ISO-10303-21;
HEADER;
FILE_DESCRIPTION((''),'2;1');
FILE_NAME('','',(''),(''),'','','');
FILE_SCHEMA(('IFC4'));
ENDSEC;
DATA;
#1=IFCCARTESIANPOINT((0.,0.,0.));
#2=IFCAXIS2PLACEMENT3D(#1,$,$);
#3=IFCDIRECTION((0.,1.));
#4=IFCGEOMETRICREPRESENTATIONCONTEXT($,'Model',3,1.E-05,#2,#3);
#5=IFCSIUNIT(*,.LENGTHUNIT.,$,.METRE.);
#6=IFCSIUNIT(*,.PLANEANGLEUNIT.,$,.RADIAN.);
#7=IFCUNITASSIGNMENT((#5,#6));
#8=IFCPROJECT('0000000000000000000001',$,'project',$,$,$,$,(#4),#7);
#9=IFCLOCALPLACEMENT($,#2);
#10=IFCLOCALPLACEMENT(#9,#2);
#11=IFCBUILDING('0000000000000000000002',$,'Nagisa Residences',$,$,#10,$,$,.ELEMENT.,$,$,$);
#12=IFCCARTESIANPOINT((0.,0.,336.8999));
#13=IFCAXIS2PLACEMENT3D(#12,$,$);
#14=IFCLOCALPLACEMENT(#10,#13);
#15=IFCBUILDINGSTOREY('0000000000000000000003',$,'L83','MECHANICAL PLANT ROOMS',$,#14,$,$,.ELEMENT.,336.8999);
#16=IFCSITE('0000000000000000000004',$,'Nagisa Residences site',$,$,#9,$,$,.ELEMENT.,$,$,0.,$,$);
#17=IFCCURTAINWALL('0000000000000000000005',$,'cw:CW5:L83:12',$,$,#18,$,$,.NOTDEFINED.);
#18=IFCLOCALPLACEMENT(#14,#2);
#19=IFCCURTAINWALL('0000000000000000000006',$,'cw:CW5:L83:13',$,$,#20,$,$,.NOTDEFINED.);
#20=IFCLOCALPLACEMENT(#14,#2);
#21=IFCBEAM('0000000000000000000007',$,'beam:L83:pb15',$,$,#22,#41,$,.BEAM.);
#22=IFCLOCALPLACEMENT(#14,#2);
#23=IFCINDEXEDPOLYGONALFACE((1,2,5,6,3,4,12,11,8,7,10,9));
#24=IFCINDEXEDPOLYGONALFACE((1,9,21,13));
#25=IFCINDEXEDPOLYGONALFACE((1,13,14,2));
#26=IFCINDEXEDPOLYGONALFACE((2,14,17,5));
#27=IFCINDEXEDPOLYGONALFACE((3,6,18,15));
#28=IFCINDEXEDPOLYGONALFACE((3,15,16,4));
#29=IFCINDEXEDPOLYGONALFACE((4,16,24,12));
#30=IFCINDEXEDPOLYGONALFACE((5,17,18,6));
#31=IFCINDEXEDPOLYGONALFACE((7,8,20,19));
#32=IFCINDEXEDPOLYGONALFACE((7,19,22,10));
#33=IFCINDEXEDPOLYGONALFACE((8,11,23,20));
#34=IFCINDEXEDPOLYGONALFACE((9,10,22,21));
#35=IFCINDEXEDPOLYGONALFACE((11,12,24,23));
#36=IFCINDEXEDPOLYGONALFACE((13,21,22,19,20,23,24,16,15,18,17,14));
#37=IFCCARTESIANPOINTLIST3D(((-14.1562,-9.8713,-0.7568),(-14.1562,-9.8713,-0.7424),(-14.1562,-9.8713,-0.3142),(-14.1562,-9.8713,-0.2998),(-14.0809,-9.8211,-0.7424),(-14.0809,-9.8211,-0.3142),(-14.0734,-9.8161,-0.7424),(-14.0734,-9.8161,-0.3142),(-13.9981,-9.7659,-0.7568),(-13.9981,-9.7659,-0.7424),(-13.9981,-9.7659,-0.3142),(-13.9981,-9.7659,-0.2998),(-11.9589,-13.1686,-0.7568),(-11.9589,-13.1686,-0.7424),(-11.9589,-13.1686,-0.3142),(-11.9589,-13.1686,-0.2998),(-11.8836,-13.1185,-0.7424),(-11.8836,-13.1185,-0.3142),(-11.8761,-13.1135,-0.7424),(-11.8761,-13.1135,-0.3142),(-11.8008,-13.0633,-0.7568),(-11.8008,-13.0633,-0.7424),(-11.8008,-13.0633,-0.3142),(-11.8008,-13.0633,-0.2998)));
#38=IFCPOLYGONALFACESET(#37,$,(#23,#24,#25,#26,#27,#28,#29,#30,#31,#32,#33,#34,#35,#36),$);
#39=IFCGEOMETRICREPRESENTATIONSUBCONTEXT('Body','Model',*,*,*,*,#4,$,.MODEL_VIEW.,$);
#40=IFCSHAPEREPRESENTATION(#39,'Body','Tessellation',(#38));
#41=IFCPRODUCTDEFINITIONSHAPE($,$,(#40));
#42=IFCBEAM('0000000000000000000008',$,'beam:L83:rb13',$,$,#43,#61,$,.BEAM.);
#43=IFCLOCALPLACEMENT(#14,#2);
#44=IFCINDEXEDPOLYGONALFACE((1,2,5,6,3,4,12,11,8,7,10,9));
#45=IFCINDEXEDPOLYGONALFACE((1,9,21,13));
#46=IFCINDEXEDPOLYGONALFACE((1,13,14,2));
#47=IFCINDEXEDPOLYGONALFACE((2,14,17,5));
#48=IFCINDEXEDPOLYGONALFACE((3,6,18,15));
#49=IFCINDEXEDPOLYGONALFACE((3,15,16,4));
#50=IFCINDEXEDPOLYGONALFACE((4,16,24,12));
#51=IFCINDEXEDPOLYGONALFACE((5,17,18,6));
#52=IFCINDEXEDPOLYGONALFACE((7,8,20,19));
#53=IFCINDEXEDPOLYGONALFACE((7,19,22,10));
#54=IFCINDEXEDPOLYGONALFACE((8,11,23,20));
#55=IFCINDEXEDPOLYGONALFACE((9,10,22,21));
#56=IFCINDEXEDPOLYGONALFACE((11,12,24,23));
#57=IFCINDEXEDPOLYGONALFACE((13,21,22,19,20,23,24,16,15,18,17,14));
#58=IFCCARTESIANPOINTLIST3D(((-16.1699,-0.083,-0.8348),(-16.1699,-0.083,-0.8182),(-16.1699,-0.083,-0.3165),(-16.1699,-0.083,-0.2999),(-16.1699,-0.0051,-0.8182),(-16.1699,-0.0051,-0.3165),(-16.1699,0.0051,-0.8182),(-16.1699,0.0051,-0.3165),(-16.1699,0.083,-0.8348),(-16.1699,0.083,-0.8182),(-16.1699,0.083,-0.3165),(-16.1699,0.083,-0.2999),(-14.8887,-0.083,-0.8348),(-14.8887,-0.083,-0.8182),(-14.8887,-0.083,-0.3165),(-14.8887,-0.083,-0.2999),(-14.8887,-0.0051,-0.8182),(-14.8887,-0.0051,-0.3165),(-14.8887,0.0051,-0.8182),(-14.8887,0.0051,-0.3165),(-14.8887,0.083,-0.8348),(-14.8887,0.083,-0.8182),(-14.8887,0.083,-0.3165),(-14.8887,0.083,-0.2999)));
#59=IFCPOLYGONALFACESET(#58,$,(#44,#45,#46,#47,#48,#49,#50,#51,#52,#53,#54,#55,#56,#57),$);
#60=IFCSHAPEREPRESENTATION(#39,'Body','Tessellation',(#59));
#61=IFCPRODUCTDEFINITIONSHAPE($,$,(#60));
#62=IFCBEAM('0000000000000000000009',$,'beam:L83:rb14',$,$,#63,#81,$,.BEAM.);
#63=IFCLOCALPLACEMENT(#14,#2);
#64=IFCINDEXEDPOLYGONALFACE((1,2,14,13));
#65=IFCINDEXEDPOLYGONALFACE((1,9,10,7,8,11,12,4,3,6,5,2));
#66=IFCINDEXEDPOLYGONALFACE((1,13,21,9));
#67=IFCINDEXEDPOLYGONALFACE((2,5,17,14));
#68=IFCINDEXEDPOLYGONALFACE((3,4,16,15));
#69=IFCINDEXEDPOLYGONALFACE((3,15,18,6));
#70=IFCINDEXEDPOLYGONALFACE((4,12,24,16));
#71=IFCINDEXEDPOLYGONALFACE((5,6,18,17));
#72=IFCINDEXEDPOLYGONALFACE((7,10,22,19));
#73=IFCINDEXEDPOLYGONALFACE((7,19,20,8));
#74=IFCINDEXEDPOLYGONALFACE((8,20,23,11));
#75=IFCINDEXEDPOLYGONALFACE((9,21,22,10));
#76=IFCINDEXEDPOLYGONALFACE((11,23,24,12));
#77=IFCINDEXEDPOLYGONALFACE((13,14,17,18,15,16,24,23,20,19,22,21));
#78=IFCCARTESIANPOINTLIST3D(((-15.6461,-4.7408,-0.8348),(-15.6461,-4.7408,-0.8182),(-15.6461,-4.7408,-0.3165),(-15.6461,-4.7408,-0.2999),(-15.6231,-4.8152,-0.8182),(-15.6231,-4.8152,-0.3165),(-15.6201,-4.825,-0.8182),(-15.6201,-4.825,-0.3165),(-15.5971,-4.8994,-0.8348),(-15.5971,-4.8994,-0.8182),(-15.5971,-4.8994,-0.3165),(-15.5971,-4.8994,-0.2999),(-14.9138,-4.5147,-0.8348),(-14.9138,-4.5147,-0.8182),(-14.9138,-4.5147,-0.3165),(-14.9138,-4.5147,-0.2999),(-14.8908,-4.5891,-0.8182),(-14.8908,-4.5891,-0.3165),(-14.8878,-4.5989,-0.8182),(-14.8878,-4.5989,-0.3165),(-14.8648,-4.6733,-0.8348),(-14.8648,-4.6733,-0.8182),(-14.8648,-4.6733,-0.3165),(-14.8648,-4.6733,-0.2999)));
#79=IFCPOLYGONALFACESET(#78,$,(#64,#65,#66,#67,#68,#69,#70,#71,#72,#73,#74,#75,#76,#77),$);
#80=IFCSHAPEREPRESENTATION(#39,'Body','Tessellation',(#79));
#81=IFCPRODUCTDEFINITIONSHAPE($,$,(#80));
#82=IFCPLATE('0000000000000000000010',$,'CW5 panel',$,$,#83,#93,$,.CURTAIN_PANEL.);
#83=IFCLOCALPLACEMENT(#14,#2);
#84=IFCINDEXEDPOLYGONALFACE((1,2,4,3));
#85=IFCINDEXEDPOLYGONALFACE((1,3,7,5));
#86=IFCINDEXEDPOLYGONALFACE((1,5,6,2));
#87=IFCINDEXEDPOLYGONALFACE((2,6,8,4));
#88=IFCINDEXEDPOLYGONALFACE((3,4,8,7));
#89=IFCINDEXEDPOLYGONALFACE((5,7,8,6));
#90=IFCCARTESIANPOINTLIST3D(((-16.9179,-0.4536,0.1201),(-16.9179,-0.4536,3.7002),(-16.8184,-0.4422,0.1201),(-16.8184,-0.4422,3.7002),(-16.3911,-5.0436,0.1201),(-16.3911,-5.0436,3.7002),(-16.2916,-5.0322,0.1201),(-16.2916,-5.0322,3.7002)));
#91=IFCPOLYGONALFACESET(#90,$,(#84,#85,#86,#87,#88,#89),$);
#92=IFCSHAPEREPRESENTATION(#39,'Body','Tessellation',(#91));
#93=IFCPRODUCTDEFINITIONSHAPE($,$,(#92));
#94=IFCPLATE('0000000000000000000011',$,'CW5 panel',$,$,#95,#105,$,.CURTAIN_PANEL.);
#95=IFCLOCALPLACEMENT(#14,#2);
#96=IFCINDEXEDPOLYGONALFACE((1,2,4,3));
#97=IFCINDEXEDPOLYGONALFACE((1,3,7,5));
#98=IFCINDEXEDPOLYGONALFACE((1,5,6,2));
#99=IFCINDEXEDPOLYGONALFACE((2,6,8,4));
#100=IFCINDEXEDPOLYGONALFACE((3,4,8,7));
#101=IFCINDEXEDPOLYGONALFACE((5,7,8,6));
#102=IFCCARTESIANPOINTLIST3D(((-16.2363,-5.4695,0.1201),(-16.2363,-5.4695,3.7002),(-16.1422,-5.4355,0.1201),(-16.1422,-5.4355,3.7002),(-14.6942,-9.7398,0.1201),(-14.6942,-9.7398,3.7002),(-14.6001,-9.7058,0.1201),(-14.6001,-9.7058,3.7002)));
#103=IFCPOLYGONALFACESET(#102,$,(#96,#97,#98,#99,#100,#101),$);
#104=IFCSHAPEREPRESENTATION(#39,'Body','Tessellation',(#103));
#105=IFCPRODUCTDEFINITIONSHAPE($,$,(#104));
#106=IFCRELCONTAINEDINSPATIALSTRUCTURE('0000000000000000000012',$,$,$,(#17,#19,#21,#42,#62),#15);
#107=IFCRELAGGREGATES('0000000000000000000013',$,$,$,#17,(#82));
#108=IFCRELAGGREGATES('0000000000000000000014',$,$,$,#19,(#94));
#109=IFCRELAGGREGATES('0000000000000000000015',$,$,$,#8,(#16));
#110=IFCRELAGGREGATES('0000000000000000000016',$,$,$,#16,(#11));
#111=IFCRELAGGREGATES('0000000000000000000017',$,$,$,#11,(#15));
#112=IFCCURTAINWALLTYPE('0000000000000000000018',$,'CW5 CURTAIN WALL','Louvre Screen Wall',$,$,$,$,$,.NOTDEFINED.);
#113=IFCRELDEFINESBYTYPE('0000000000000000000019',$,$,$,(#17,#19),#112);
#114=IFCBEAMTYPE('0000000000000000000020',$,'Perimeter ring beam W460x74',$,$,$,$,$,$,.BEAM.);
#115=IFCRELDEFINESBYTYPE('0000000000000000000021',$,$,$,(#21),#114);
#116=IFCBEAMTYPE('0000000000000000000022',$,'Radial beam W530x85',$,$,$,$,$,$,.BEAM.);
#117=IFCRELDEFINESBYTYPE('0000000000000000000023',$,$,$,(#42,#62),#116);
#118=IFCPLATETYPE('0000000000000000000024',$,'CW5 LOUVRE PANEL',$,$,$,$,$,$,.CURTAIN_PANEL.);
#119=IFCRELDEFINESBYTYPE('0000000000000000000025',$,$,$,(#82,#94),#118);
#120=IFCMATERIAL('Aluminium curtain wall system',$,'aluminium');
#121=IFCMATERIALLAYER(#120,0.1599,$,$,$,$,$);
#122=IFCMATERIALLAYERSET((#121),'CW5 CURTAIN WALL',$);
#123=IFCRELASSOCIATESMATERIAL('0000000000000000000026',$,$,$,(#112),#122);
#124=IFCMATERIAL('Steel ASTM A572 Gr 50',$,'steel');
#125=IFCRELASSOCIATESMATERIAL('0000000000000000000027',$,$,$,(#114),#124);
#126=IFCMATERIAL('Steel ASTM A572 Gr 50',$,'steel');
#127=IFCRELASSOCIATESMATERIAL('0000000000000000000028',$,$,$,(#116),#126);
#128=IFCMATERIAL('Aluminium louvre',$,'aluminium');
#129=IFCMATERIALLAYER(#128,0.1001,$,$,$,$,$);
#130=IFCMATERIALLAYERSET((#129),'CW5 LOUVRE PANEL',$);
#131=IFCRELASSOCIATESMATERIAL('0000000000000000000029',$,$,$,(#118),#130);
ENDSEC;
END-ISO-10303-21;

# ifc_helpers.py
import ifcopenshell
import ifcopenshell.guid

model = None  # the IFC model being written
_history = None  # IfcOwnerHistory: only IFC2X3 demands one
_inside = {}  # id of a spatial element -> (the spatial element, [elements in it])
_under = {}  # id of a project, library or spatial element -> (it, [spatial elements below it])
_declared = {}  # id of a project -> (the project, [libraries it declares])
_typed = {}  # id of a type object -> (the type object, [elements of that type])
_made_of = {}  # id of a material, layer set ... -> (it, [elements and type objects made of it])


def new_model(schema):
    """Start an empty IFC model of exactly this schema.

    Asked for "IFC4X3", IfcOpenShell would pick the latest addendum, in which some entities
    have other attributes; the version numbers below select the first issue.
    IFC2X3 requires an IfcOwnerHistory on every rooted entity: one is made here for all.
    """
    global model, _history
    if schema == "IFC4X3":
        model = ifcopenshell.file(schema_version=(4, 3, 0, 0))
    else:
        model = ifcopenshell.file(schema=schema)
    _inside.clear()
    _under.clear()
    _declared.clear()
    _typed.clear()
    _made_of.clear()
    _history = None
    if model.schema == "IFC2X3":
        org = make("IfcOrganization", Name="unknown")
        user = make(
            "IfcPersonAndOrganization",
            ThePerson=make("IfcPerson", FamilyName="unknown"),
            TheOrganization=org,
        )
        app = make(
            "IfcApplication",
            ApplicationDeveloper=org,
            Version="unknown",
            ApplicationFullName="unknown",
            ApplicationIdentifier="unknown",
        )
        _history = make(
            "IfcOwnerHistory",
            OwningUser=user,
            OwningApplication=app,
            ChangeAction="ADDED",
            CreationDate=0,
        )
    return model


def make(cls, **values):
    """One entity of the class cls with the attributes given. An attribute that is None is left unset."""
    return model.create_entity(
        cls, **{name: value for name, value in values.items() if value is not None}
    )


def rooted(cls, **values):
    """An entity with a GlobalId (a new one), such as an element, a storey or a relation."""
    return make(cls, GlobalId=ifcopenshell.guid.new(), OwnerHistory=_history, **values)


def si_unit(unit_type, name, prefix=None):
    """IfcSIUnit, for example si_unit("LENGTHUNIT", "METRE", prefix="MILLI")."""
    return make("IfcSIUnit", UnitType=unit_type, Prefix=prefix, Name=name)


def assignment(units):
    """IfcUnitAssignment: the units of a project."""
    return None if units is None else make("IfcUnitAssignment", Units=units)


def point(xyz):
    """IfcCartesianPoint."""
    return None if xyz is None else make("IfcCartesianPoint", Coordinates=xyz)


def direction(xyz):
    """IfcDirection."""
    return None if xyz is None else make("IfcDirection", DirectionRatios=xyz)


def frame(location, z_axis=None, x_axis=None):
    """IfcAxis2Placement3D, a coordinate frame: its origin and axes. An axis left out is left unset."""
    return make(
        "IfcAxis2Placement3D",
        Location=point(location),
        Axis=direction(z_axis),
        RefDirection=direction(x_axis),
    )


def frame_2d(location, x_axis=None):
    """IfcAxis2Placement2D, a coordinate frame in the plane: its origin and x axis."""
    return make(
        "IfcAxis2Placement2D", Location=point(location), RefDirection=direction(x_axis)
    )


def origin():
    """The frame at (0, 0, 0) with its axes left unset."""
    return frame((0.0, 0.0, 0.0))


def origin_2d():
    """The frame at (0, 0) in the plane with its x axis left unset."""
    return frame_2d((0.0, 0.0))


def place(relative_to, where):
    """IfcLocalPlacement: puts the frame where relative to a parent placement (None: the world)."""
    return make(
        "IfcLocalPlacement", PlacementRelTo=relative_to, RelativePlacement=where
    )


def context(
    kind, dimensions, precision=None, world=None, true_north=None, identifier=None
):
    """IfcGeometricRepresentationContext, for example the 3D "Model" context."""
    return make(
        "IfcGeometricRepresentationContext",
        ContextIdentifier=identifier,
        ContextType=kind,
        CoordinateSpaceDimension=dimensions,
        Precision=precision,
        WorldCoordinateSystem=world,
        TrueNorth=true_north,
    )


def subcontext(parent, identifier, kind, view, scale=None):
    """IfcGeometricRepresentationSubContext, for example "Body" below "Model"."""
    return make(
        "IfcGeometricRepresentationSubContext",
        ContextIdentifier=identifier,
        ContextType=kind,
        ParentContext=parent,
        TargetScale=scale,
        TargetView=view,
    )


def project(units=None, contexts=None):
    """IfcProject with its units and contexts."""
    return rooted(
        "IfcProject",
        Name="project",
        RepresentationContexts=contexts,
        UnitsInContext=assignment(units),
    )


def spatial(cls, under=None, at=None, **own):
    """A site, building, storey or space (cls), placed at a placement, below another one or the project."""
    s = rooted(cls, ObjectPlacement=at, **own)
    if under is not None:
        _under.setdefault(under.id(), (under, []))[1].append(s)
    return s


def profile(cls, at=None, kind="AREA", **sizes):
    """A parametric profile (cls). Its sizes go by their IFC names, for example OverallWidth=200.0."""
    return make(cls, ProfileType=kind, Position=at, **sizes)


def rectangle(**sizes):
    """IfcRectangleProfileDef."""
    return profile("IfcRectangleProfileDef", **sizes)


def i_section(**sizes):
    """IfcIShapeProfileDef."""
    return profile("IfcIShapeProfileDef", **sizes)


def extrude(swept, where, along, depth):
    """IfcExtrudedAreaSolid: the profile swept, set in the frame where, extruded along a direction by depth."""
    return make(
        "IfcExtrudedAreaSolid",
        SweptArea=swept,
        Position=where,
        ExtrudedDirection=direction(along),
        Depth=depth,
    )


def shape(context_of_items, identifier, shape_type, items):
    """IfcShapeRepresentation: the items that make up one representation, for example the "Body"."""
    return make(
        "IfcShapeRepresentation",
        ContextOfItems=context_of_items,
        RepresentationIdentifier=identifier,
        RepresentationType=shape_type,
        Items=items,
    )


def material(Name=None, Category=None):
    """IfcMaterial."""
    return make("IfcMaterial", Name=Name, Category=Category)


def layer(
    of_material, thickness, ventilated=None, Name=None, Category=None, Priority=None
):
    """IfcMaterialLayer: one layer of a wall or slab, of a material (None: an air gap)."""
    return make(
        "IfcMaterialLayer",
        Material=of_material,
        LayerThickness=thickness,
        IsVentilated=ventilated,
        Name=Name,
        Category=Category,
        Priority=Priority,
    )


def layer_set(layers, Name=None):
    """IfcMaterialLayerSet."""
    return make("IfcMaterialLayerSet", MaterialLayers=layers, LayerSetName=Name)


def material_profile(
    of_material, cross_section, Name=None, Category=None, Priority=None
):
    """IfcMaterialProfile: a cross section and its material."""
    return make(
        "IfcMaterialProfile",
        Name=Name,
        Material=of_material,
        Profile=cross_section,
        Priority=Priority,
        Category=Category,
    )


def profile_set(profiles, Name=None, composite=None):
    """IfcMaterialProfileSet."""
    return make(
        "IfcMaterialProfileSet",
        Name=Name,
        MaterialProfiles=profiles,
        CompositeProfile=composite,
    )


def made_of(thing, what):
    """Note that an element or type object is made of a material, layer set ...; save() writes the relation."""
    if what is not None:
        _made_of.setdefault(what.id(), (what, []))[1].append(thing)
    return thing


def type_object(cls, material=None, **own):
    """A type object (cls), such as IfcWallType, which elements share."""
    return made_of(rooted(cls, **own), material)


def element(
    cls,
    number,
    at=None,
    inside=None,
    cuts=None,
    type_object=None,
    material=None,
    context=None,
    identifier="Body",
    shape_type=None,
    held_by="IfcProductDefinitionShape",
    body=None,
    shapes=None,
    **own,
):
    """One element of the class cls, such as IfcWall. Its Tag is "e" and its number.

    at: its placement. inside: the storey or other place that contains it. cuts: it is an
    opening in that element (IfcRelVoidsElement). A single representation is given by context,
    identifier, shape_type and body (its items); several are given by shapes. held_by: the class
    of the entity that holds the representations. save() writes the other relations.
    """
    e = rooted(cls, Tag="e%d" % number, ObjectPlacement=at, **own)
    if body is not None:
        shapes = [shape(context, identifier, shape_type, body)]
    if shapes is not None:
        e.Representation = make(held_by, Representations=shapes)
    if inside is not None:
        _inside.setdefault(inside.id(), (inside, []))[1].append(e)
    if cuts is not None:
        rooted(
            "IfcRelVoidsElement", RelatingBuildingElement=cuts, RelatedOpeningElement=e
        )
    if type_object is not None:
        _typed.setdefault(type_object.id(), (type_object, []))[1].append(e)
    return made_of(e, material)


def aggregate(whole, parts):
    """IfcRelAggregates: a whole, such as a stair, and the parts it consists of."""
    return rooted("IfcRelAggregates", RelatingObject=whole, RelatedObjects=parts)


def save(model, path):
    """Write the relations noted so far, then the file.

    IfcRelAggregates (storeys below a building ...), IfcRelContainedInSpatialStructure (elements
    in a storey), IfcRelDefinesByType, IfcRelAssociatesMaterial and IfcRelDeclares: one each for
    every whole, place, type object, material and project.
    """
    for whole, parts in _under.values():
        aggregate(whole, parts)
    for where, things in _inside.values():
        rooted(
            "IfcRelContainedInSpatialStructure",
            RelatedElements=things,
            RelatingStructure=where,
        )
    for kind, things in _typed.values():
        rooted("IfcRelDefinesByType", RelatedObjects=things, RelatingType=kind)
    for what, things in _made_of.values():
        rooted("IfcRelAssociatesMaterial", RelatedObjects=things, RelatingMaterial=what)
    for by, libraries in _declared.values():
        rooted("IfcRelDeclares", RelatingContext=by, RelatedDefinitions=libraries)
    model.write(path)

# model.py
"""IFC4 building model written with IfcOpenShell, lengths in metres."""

from ifc_helpers import new_model, si_unit, direction, frame, origin, origin_2d, place, context, subcontext, project, spatial, rectangle, i_section, extrude, material, layer, layer_set, material_profile, profile_set, type_object, element, aggregate, save


model = new_model("IFC4")

# Units and contexts
model_context = context("Model", 3, precision=1e-05, world=origin(), true_north=direction((0.0, 1.0)))
body_context = subcontext(model_context, "Body", "Model", "MODEL_VIEW")
ifc_project = project(units=[si_unit("LENGTHUNIT", "METRE"), si_unit("PLANEANGLEUNIT", "RADIAN")], contexts=[model_context])

# Site, building, storey
site_placement = place(None, origin())
site = spatial("IfcSite", under=ifc_project, at=site_placement, Name="Nagisa Residences site", CompositionType="ELEMENT", RefElevation=0.0)
building_placement = place(site_placement, origin())
building = spatial("IfcBuilding", under=site, at=building_placement, Name="Nagisa Residences", CompositionType="ELEMENT")
storey_placement = place(building_placement, frame((0.0, 0.0, 336.8999)))
storey = spatial("IfcBuildingStorey", under=building, at=storey_placement, Name="L83", Description="MECHANICAL PLANT ROOMS", CompositionType="ELEMENT", Elevation=336.8999)

# Curtain walls
ifc_material_1 = material(Name="Aluminium curtain wall system", Category="aluminium")
ifc_layer_1 = layer(ifc_material_1, 0.1599)
ifc_layer_set_1 = layer_set([ifc_layer_1], Name="CW5 CURTAIN WALL")
curtain_wall_type = type_object("IfcCurtainWallType", Name="CW5 CURTAIN WALL", Description="Louvre Screen Wall", PredefinedType="NOTDEFINED", material=ifc_layer_set_1)
curtain_wall_1_placement = place(storey_placement, origin())
curtain_wall_1 = element("IfcCurtainWall", 1, at=curtain_wall_1_placement, inside=storey, type_object=curtain_wall_type, Name="cw:CW5:L83:12", PredefinedType="NOTDEFINED")
curtain_wall_2_placement = place(storey_placement, origin())
curtain_wall_2 = element("IfcCurtainWall", 2, at=curtain_wall_2_placement, inside=storey, type_object=curtain_wall_type, Name="cw:CW5:L83:13", PredefinedType="NOTDEFINED")

# Beams
ifc_material_2 = material(Name="Steel ASTM A572 Gr 50", Category="steel")
ifc_material_profile_1 = material_profile(ifc_material_2, i_section(OverallWidth=0.1899, OverallDepth=0.457, WebThickness=0.009, FlangeThickness=0.0144, at=origin_2d()), Name="W460x74")
ifc_profile_set_1 = profile_set([ifc_material_profile_1], Name="Steel ASTM A572 Gr 50")
beam_type_1 = type_object("IfcBeamType", Name="Perimeter ring beam W460x74", PredefinedType="BEAM", material=ifc_profile_set_1)
beam_1_placement = place(storey_placement, frame((-14.0771, -9.8186, -0.5283), z_axis=(0.55453, -0.832164, 0.0), x_axis=(0.832164, 0.55453, 0.0)))
element("IfcBeam", 3, at=beam_1_placement, inside=storey, type_object=beam_type_1, Name="beam:L83:pb15", PredefinedType="BEAM", context=body_context, shape_type="SweptSolid", body=[
    extrude(i_section(OverallWidth=0.1899, OverallDepth=0.457, WebThickness=0.009, FlangeThickness=0.0144, at=origin_2d()), origin(), (0.0, 0.0, 1.0), 3.9624),
])
ifc_material_3 = material(Name="Steel ASTM A572 Gr 50", Category="steel")
ifc_material_profile_2 = material_profile(ifc_material_3, i_section(OverallWidth=0.166, OverallDepth=0.5349, WebThickness=0.0103, FlangeThickness=0.0166, at=origin_2d()), Name="W530x85")
ifc_profile_set_2 = profile_set([ifc_material_profile_2], Name="Steel ASTM A572 Gr 50")
beam_type_2 = type_object("IfcBeamType", Name="Radial beam W530x85", PredefinedType="BEAM", material=ifc_profile_set_2)
beam_2_placement = place(storey_placement, frame((-16.1699, 0.0, -0.5674), z_axis=(1.0, 0.0, 0.0), x_axis=(0.0, 1.0, 0.0)))
element("IfcBeam", 4, at=beam_2_placement, inside=storey, type_object=beam_type_2, Name="beam:L83:rb13", PredefinedType="BEAM", context=body_context, shape_type="SweptSolid", body=[
    extrude(i_section(OverallWidth=0.166, OverallDepth=0.5349, WebThickness=0.0103, FlangeThickness=0.0166, at=origin_2d()), origin(), (0.0, 0.0, 1.0), 1.2812),
])
beam_3_placement = place(storey_placement, frame((-15.6216, -4.8201, -0.5674), z_axis=(0.955489, 0.295026, 0.0), x_axis=(-0.295026, 0.955489, 0.0)))
element("IfcBeam", 5, at=beam_3_placement, inside=storey, type_object=beam_type_2, Name="beam:L83:rb14", PredefinedType="BEAM", context=body_context, shape_type="SweptSolid", body=[
    extrude(i_section(OverallWidth=0.166, OverallDepth=0.5349, WebThickness=0.0103, FlangeThickness=0.0166, at=origin_2d()), origin(), (0.0, 0.0, 1.0), 0.7664),
])

# Plates
ifc_material_4 = material(Name="Aluminium louvre", Category="aluminium")
ifc_layer_2 = layer(ifc_material_4, 0.1001)
ifc_layer_set_2 = layer_set([ifc_layer_2], Name="CW5 LOUVRE PANEL")
plate_type = type_object("IfcPlateType", Name="CW5 LOUVRE PANEL", PredefinedType="CURTAIN_PANEL", material=ifc_layer_set_2)
plate_1_placement = place(storey_placement, frame((-16.6047, -2.7429, 0.1201), z_axis=(0.0, 0.0, 1.0), x_axis=(0.114025, -0.993478, 0.0)))
plate_1 = element("IfcPlate", 6, at=plate_1_placement, type_object=plate_type, Name="CW5 panel", PredefinedType="CURTAIN_PANEL", context=body_context, shape_type="SweptSolid", body=[
    extrude(rectangle(XDim=4.6201, YDim=0.1001, at=origin_2d()), origin(), (0.0, 0.0, 1.0), 3.5801),
])
aggregate(curtain_wall_1, [plate_1])
plate_2_placement = place(storey_placement, frame((-15.4182, -7.5876, 0.1201), z_axis=(0.0, 0.0, 1.0), x_axis=(0.339643, -0.940554, 0.0)))
plate_2 = element("IfcPlate", 7, at=plate_2_placement, type_object=plate_type, Name="CW5 panel", PredefinedType="CURTAIN_PANEL", context=body_context, shape_type="SweptSolid", body=[
    extrude(rectangle(XDim=4.5403, YDim=0.1001, at=origin_2d()), origin(), (0.0, 0.0, 1.0), 3.5801),
])
aggregate(curtain_wall_2, [plate_2])

save(model, "model.ifc")
